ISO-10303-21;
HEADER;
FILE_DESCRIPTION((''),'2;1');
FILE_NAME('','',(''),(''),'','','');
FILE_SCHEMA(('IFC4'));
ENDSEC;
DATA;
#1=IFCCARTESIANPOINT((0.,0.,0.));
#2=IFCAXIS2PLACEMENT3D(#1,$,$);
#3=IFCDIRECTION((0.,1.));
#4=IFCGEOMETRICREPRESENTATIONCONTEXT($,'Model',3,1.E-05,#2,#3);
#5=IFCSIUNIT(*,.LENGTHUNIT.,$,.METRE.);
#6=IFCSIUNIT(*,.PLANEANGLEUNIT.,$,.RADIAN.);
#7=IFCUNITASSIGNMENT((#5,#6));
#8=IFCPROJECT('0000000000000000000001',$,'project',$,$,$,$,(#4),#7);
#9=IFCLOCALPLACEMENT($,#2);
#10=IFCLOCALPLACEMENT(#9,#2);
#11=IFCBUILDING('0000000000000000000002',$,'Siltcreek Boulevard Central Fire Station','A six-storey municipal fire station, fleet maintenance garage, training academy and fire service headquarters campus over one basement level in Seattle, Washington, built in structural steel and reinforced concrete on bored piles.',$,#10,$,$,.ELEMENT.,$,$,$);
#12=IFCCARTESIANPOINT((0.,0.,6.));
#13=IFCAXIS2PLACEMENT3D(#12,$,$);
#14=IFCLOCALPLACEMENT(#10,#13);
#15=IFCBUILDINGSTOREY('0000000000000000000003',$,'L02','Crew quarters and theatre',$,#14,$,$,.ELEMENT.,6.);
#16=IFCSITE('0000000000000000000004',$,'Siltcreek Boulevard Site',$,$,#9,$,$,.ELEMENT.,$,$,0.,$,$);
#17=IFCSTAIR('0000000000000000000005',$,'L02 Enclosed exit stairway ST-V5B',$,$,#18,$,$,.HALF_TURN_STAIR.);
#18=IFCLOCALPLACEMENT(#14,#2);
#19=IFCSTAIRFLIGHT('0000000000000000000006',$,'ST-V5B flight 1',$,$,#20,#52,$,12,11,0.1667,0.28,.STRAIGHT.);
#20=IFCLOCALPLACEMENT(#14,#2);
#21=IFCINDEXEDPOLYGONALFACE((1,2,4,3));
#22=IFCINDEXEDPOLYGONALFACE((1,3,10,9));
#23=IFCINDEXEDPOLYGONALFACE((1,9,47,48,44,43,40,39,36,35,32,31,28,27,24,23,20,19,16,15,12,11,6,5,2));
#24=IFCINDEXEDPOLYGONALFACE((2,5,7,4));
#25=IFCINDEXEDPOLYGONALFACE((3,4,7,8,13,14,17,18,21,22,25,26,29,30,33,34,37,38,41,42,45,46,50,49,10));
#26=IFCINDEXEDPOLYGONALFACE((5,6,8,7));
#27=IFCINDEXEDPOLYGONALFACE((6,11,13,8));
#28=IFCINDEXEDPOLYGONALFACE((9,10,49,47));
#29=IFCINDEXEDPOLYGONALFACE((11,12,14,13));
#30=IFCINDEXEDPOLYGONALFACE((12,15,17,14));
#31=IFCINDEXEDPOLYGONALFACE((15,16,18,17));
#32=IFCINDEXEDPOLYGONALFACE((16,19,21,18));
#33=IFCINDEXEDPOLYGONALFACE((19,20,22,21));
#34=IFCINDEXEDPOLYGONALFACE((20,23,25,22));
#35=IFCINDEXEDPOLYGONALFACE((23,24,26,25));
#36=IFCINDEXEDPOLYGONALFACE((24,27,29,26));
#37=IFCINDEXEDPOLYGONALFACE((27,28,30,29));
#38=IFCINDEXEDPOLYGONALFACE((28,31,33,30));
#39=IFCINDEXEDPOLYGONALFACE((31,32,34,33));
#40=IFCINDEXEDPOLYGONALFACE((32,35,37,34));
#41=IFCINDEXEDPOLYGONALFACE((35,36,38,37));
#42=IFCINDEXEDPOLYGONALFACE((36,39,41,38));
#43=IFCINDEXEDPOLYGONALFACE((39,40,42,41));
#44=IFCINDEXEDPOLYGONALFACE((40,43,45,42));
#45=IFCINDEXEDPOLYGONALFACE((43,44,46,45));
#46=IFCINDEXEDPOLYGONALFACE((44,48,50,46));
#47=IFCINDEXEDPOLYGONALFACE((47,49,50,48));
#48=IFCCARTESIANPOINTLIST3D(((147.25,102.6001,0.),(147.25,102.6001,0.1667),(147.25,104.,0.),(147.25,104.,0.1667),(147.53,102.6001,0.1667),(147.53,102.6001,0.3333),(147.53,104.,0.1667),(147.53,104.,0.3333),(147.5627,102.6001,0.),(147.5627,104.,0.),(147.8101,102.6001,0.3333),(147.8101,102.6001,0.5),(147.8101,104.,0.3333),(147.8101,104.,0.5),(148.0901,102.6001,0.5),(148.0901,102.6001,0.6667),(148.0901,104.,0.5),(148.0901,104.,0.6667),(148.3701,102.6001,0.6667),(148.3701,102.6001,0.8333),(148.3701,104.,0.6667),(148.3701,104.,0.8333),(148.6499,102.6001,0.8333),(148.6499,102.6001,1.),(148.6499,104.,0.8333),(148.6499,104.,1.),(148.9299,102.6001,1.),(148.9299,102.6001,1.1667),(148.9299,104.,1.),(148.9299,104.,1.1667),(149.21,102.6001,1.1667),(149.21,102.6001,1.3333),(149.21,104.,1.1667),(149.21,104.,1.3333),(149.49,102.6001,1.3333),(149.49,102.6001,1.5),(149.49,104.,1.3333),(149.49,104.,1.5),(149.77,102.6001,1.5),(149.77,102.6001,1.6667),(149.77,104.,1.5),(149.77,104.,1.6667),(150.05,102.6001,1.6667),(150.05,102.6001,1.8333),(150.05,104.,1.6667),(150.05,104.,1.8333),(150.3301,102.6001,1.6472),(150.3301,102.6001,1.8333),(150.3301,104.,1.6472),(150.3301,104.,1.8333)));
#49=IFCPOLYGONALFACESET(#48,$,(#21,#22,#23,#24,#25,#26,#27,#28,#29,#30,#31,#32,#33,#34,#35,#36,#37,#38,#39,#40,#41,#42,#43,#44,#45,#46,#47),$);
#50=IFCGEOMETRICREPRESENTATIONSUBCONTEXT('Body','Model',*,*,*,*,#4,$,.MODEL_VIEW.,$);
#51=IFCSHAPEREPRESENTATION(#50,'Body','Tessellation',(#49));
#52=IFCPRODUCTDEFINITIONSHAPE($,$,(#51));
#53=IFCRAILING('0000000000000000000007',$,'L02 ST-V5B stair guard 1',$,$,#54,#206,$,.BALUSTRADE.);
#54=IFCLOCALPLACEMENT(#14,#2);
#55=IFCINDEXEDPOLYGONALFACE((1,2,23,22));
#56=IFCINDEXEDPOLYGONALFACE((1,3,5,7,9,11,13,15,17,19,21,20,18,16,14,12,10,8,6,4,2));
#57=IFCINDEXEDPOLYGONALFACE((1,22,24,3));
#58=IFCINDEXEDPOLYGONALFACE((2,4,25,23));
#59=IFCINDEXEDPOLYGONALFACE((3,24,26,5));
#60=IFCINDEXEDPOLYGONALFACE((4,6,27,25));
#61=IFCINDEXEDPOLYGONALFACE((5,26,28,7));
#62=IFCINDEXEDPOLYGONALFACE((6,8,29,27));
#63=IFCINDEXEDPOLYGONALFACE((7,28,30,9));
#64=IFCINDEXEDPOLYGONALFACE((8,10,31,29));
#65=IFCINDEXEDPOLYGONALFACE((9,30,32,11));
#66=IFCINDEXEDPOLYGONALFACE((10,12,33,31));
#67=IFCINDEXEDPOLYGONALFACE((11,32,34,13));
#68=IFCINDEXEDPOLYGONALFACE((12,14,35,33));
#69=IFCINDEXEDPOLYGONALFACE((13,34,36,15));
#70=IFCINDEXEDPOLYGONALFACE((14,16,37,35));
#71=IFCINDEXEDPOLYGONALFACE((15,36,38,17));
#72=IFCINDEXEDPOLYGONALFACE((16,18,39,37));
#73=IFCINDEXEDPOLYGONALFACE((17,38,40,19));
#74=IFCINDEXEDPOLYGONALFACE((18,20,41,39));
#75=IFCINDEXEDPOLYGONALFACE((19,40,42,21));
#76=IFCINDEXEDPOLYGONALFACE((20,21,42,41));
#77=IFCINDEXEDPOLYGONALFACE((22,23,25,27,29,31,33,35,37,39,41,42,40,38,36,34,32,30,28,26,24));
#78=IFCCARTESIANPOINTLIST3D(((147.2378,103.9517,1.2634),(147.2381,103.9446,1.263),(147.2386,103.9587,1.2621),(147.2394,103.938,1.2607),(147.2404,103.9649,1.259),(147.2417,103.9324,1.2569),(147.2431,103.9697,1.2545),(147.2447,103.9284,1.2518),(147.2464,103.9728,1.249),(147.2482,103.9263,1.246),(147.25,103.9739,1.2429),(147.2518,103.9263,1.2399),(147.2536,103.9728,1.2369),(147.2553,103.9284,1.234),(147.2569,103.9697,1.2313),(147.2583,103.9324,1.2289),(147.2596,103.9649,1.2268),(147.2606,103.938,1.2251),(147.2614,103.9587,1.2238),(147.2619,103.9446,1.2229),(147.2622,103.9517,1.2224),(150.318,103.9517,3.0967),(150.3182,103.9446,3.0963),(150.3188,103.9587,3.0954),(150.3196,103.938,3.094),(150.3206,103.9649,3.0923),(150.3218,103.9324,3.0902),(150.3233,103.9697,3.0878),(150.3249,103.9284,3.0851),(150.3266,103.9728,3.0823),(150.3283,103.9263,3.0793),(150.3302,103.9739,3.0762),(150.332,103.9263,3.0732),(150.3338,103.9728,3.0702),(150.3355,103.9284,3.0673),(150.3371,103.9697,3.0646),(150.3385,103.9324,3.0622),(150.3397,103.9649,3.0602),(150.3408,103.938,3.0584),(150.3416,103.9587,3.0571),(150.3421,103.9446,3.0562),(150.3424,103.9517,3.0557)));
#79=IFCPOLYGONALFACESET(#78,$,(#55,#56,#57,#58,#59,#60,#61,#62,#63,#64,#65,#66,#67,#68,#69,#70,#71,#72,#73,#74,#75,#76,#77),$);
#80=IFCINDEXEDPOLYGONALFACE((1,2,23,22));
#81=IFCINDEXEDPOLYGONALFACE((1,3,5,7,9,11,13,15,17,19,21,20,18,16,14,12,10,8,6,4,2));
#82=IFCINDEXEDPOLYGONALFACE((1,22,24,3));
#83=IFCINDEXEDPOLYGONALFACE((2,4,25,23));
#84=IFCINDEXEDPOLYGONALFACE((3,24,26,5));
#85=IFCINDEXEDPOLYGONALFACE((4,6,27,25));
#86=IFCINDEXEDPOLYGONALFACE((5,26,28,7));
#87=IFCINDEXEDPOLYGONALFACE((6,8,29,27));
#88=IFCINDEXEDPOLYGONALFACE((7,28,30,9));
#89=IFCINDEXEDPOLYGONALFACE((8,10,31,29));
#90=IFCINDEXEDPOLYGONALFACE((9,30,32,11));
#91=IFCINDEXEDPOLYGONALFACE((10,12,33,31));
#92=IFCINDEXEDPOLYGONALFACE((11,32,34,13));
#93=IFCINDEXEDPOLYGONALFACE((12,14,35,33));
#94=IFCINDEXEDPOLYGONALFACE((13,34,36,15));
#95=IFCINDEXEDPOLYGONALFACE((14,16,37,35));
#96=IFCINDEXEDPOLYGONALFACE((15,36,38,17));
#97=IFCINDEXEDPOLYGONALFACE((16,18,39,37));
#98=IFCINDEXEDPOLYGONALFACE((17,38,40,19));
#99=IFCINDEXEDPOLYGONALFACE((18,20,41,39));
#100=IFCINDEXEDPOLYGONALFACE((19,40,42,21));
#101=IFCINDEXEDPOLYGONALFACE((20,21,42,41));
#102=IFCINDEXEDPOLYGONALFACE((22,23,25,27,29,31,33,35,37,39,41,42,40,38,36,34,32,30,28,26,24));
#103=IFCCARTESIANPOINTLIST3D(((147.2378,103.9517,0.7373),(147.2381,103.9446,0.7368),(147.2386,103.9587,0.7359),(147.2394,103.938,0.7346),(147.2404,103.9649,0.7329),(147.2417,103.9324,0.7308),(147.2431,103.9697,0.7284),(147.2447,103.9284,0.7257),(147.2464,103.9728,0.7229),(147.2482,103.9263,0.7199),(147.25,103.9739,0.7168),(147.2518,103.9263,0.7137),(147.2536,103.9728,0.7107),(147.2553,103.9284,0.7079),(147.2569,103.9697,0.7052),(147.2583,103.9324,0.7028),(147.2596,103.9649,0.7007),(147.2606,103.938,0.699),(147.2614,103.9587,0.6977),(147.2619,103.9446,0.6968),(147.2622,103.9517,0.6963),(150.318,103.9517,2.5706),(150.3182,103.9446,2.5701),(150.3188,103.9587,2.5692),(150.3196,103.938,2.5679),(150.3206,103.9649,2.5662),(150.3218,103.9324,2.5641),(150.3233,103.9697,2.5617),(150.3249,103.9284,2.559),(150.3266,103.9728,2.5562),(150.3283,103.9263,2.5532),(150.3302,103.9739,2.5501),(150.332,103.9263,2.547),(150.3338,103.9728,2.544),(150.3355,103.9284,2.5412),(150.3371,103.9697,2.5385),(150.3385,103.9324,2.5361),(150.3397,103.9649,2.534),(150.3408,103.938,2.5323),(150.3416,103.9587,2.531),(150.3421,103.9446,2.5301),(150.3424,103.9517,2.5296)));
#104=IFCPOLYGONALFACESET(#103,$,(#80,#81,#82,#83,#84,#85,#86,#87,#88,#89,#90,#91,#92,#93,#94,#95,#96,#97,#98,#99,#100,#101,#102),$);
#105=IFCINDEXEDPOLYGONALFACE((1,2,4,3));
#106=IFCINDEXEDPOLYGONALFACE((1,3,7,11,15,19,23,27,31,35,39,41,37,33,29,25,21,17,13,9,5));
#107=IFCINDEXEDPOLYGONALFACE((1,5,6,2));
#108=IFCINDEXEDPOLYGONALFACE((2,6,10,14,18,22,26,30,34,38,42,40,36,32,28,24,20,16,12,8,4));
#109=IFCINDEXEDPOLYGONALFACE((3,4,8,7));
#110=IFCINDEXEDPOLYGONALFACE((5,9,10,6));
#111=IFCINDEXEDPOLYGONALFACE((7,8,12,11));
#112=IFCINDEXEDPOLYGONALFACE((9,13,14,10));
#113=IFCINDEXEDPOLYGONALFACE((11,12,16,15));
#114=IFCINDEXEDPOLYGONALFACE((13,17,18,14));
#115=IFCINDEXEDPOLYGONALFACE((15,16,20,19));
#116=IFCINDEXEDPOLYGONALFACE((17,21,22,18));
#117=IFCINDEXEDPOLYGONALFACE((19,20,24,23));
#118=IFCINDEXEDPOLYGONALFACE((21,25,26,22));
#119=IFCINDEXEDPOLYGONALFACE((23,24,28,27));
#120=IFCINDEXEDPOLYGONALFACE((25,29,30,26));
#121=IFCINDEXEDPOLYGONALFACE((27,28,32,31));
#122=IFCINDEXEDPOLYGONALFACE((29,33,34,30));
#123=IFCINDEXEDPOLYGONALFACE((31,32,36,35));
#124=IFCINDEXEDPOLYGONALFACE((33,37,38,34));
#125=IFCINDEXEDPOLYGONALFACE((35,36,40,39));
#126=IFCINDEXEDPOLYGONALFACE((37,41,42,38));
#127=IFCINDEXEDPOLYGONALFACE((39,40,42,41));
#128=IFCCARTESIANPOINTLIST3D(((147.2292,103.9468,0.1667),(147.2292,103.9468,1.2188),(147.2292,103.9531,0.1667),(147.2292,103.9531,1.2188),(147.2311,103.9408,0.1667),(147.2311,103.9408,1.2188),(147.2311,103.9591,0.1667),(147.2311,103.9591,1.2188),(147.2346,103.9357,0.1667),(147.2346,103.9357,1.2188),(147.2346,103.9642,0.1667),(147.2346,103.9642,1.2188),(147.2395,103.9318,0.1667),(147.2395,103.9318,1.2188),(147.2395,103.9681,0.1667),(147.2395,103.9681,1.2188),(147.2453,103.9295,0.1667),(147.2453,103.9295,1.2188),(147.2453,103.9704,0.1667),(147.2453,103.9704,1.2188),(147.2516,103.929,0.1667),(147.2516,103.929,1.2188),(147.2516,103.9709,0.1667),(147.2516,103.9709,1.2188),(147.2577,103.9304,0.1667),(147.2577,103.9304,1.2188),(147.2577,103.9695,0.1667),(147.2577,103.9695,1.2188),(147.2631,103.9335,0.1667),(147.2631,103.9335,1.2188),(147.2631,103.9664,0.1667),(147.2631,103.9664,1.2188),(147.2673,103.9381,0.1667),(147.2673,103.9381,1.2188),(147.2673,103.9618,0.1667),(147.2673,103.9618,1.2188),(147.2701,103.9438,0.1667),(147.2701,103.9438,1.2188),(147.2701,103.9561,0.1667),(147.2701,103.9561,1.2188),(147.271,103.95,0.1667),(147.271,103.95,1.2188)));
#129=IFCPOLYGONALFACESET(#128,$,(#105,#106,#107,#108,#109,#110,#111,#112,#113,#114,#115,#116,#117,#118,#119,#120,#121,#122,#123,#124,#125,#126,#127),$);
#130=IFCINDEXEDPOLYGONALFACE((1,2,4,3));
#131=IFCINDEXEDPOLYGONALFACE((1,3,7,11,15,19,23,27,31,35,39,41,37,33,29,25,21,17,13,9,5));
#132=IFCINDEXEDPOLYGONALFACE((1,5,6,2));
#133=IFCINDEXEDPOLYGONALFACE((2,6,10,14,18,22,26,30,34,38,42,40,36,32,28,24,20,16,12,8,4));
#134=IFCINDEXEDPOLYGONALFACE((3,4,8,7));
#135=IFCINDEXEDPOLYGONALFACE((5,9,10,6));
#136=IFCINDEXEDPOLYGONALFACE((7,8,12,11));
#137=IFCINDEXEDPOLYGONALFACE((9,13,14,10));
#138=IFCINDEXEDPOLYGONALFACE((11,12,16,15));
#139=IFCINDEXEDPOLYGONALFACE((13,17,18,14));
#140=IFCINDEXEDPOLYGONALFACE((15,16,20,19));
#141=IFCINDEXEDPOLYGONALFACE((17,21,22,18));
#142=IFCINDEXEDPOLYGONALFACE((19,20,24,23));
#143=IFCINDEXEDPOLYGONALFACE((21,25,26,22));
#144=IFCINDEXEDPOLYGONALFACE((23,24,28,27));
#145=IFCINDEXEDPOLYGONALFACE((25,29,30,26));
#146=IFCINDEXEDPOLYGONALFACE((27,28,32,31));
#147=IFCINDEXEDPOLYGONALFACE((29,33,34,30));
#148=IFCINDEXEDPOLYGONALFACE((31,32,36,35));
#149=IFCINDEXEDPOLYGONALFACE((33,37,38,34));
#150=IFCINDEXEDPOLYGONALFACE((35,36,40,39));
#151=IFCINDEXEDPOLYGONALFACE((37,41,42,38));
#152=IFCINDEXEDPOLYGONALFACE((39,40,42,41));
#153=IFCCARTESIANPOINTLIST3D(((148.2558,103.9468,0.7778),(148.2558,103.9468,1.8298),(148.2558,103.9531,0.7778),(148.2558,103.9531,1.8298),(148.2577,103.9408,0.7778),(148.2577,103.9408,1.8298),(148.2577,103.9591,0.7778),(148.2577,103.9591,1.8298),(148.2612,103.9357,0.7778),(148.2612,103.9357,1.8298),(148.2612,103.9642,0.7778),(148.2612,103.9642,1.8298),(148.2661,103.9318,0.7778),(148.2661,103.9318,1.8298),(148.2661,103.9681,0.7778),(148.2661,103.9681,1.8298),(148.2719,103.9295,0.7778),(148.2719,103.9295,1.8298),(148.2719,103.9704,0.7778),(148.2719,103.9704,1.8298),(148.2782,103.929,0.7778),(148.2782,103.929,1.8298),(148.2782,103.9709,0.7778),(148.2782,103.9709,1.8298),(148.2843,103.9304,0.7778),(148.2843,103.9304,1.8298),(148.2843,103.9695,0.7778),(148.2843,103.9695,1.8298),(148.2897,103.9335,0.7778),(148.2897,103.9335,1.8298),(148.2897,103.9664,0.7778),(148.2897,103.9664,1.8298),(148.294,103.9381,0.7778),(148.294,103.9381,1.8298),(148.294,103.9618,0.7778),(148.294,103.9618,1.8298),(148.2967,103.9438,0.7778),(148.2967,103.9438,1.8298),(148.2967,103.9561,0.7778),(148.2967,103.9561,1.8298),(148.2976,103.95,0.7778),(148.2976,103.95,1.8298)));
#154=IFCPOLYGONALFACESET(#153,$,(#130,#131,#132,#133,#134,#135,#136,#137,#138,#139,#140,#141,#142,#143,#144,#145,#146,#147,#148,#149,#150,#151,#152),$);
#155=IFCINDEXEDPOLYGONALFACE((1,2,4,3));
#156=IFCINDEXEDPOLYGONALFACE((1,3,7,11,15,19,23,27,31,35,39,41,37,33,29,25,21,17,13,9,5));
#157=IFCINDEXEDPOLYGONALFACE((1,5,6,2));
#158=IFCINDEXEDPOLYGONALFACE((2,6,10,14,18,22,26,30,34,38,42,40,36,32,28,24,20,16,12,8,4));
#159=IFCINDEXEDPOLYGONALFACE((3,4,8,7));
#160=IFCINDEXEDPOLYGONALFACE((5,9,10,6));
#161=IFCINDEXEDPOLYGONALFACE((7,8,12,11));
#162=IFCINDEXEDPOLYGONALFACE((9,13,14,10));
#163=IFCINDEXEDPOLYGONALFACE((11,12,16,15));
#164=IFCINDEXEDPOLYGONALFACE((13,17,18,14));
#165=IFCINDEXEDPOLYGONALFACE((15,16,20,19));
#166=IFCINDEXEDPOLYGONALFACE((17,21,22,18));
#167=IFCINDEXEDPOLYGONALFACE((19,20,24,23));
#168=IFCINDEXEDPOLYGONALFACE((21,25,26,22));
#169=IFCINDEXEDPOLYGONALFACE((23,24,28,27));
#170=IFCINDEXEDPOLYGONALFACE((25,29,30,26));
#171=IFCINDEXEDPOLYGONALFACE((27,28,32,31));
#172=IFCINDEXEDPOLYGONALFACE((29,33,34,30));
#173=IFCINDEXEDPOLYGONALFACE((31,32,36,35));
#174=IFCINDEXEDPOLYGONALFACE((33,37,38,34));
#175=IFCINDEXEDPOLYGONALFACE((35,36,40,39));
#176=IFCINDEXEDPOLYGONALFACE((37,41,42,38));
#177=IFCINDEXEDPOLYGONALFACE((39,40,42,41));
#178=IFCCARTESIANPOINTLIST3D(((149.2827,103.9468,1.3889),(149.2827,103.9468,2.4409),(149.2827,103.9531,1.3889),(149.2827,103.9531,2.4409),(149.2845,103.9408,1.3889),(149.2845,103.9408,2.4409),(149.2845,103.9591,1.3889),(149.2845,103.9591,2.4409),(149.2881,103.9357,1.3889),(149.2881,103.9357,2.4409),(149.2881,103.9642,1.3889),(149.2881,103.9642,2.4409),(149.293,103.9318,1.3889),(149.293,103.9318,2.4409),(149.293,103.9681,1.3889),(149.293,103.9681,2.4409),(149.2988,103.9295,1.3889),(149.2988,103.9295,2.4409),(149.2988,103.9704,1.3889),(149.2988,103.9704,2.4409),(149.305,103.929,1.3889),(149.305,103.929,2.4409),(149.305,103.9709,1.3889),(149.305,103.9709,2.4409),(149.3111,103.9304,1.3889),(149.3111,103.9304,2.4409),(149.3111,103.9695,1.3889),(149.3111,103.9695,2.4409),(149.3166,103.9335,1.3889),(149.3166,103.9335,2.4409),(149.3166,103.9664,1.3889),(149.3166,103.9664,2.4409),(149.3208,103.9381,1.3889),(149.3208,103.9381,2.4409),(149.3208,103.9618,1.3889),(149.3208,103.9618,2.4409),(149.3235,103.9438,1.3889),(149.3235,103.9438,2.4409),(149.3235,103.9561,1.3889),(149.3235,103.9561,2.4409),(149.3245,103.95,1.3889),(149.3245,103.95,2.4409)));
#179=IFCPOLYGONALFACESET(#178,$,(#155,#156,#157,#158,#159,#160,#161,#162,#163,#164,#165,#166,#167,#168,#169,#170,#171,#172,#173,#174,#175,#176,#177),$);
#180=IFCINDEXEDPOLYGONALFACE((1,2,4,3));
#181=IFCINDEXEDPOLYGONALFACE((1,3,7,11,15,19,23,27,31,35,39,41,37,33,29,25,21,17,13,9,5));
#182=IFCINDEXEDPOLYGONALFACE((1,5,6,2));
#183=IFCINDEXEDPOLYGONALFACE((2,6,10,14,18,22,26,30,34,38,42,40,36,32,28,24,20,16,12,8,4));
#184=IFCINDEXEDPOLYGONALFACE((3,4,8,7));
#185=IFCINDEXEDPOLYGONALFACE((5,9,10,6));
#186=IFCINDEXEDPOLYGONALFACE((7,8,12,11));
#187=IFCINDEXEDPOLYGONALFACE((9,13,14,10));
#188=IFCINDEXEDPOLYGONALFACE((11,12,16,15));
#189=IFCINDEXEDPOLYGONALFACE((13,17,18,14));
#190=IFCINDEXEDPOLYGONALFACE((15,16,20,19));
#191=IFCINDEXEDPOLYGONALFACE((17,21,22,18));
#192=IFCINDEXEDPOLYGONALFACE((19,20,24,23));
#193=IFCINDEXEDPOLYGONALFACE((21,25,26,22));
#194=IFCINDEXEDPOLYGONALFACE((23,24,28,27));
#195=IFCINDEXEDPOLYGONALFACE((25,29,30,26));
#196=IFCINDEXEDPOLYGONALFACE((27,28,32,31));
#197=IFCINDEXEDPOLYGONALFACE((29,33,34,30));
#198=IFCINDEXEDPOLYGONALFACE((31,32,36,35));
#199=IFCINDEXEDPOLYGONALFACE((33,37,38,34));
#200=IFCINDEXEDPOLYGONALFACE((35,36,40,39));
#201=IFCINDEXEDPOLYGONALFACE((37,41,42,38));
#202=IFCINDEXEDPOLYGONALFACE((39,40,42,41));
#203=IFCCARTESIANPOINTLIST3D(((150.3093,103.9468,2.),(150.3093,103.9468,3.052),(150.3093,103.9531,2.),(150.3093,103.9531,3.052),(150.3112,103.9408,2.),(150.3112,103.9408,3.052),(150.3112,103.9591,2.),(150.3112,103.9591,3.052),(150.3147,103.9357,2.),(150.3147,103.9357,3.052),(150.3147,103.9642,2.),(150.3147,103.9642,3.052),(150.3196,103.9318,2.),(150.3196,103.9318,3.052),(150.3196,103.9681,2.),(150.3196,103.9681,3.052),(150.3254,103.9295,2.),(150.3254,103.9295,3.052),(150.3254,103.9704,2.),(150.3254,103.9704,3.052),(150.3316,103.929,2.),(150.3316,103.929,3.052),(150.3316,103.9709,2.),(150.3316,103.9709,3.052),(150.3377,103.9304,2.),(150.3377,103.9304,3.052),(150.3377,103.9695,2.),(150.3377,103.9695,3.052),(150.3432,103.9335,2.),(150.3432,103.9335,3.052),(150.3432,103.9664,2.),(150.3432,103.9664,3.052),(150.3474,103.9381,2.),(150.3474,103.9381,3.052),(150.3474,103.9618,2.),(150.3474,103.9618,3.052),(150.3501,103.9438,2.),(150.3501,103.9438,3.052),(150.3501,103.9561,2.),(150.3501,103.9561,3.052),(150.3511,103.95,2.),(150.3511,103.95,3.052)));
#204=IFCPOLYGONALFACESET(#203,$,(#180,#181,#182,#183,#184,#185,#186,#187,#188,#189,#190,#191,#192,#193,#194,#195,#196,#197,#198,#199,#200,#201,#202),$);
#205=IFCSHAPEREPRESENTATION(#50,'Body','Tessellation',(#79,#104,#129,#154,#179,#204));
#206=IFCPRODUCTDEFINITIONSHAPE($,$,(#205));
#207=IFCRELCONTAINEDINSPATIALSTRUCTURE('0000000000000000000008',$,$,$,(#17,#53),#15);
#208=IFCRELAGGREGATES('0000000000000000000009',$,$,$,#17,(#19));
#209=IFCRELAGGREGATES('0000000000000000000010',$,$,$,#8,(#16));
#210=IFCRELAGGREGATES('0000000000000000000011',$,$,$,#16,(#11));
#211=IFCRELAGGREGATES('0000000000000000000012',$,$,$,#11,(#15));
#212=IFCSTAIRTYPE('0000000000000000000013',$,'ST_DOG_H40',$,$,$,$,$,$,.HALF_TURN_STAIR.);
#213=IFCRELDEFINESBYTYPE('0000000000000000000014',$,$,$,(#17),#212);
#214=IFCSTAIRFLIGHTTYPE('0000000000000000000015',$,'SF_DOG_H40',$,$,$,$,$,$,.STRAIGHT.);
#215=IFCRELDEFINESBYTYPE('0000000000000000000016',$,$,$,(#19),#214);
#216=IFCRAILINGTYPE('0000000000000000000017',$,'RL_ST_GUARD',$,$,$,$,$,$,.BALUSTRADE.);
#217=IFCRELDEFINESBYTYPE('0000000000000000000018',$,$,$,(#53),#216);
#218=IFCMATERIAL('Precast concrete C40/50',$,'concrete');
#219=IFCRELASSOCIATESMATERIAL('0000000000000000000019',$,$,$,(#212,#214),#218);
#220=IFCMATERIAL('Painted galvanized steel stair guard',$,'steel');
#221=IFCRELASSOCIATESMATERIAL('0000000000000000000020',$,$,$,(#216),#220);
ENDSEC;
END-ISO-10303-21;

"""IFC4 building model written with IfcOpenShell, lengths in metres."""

from ifc_helpers import new_model, si_unit, direction, frame, origin, origin_2d, place, context, subcontext, project, spatial, polyline, circle, outline, extrude, material, type_object, element, aggregate, save


model = new_model("IFC4")

# Units and contexts
model_context = context("Model", 3, precision=1e-05, world=origin(), true_north=direction((0.0, 1.0)))
body_context = subcontext(model_context, "Body", "Model", "MODEL_VIEW")
ifc_project = project(units=[si_unit("LENGTHUNIT", "METRE"), si_unit("PLANEANGLEUNIT", "RADIAN")], contexts=[model_context])

# Site, building, storey
site_placement = place(None, origin())
site = spatial("IfcSite", under=ifc_project, at=site_placement, Name="Siltcreek Boulevard Site", CompositionType="ELEMENT", RefElevation=0.0)
building_placement = place(site_placement, origin())
building = spatial("IfcBuilding", under=site, at=building_placement, Name="Siltcreek Boulevard Central Fire Station", Description="A six-storey municipal fire station, fleet maintenance garage, training academy and fire service headquarters campus over one basement level in Seattle, Washington, built in structural steel and reinforced concrete on bored piles.", CompositionType="ELEMENT")
storey_placement = place(building_placement, frame((0.0, 0.0, 6.0)))
storey = spatial("IfcBuildingStorey", under=building, at=storey_placement, Name="L02", Description="Crew quarters and theatre", CompositionType="ELEMENT", Elevation=6.0)

# Stair, stair flight
ifc_material_1 = material(Name="Precast concrete C40/50", Category="concrete")
stair_type = type_object("IfcStairType", Name="ST_DOG_H40", PredefinedType="HALF_TURN_STAIR", material=ifc_material_1)
stair_placement = place(storey_placement, origin())
stair = element("IfcStair", 1, at=stair_placement, inside=storey, type_object=stair_type, Name="L02 Enclosed exit stairway ST-V5B", PredefinedType="HALF_TURN_STAIR")
stair_flight_type = type_object("IfcStairFlightType", Name="SF_DOG_H40", PredefinedType="STRAIGHT", material=ifc_material_1)
stair_flight_placement = place(storey_placement, frame((147.25, 103.3, 0.0), z_axis=(0.0, 0.0, 1.0), x_axis=(1.0, 0.0, 0.0)))
stair_flight = element("IfcStairFlight", 2, at=stair_flight_placement, type_object=stair_flight_type, Name="ST-V5B flight 1", NumberOfRisers=12, NumberOfTreads=11, PredefinedType="STRAIGHT", RiserHeight=0.1667, TreadLength=0.28, context=body_context, shape_type="SweptSolid", body=[
    extrude(outline(polyline([(0.0, 0.0), (0.0, 0.1667), (0.28, 0.1667), (0.28, 0.3333), (0.5601, 0.3333), (0.5601, 0.5), (0.8401, 0.5), (0.8401, 0.6667), (1.1201, 0.6667), (1.1201, 0.8333), (1.3999, 0.8333), (1.3999, 1.0), (1.6799, 1.0), (1.6799, 1.1667), (1.96, 1.1667), (1.96, 1.3333), (2.24, 1.3333), (2.24, 1.5), (2.52, 1.5), (2.52, 1.6667), (2.8, 1.6667), (2.8, 1.8333), (3.0801, 1.8333), (3.0801, 2.0), (3.0801, 1.6472), (0.3127, 0.0), (0.0, 0.0)])), frame((0.0, 0.7, 0.0), z_axis=(0.0, -1.0, 0.0), x_axis=(1.0, 0.0, 0.0)), (0.0, 0.0, 1.0), 1.3999),
])
aggregate(stair, [stair_flight])

# Railing
ifc_material_2 = material(Name="Painted galvanized steel stair guard", Category="steel")
railing_type_1 = type_object("IfcRailingType", Name="RL_ST_GUARD", PredefinedType="BALUSTRADE", material=ifc_material_2)
railing_1_placement = place(storey_placement, frame((147.25, 103.95, 0.1667)))
element("IfcRailing", 3, at=railing_1_placement, inside=storey, type_object=railing_type_1, Name="L02 ST-V5B stair guard 1", PredefinedType="BALUSTRADE", context=body_context, shape_type="SweptSolid", body=[
    extrude(circle(Radius=0.0239, at=origin_2d()), frame((0.0, 0.0, 1.0762), z_axis=(0.859309, 0.0, 0.511458), x_axis=(0.0, 1.0, 0.0)), (0.0, 0.0, 1.0), 3.5845),
    extrude(circle(Radius=0.0239, at=origin_2d()), frame((0.0, 0.0, 0.55), z_axis=(0.859309, 0.0, 0.511458), x_axis=(0.0, 1.0, 0.0)), (0.0, 0.0, 1.0), 3.5845),
    extrude(circle(Radius=0.021, at=origin_2d()), origin(), (0.0, 0.0, 1.0), 1.052),
    extrude(circle(Radius=0.021, at=origin_2d()), frame((1.0266, 0.0, 0.6111)), (0.0, 0.0, 1.0), 1.052),
    extrude(circle(Radius=0.021, at=origin_2d()), frame((2.0535, 0.0, 1.2222)), (0.0, 0.0, 1.0), 1.052),
    extrude(circle(Radius=0.021, at=origin_2d()), frame((3.0801, 0.0, 1.8333)), (0.0, 0.0, 1.0), 1.052),
])

save(model, "model.ifc")
